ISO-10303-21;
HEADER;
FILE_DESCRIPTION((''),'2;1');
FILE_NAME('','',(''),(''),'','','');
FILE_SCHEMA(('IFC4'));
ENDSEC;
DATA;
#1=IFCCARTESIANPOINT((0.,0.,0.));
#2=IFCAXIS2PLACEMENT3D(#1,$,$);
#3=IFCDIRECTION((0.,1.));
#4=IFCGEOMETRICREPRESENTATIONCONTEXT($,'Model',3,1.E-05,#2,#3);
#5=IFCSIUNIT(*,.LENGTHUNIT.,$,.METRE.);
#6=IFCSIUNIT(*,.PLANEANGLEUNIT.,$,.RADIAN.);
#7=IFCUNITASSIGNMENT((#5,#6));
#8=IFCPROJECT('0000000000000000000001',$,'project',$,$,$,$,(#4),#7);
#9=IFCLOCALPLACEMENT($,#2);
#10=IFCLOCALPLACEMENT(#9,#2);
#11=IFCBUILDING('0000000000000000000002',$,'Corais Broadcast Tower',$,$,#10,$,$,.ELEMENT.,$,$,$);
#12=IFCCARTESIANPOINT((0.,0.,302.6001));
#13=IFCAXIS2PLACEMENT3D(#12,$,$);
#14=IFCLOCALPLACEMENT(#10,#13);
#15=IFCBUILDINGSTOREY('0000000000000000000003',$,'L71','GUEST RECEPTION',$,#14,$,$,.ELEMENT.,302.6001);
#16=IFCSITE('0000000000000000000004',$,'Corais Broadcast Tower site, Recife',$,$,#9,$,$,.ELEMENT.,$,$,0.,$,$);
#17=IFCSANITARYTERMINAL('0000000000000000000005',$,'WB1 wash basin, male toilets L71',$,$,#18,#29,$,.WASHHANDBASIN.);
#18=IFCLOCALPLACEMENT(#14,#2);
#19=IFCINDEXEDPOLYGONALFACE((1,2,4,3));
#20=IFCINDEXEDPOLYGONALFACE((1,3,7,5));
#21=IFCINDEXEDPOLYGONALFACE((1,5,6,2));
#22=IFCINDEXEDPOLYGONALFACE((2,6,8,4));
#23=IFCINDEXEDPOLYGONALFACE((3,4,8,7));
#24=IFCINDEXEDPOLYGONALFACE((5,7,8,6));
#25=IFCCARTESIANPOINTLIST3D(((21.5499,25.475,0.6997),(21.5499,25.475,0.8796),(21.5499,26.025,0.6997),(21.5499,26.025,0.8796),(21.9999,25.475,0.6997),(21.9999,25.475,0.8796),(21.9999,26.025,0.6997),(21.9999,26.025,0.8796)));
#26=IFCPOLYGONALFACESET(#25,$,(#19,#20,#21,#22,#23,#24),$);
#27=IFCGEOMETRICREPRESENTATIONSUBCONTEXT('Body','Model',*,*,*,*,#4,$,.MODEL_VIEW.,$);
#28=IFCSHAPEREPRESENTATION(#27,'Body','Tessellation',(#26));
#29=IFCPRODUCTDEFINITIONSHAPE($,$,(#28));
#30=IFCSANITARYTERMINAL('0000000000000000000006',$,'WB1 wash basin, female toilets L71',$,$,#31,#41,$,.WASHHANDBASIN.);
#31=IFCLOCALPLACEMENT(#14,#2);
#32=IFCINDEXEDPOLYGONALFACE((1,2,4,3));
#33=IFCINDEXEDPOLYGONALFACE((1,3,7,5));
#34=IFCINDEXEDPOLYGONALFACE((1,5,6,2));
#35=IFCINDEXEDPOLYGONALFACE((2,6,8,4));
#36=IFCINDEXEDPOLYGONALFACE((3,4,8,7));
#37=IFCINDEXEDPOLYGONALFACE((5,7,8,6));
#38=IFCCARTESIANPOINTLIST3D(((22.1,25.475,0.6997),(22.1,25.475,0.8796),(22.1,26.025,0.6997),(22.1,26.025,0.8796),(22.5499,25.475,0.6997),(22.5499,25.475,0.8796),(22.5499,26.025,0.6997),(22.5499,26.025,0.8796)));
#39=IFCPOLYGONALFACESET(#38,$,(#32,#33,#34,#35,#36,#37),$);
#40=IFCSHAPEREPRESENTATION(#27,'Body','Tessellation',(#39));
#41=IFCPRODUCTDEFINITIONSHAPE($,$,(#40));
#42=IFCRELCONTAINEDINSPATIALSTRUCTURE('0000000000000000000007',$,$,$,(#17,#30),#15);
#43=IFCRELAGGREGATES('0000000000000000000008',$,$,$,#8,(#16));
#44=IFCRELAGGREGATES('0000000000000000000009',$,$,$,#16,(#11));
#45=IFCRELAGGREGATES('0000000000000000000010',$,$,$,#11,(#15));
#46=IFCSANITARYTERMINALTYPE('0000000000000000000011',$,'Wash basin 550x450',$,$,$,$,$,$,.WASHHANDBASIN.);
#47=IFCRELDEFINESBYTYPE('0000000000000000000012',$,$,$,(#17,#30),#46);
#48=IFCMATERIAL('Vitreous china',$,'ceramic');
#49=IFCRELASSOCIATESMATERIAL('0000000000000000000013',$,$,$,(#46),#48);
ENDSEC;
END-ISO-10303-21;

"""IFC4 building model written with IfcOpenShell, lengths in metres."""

from ifc_helpers import new_model, si_unit, direction, frame, origin, origin_2d, place, context, subcontext, project, spatial, rectangle, extrude, material, type_object, element, save


model = new_model("IFC4")

# Units and contexts
model_context = context("Model", 3, precision=1e-05, world=origin(), true_north=direction((0.0, 1.0)))
body_context = subcontext(model_context, "Body", "Model", "MODEL_VIEW")
ifc_project = project(units=[si_unit("LENGTHUNIT", "METRE"), si_unit("PLANEANGLEUNIT", "RADIAN")], contexts=[model_context])

# Site, building, storey
site_placement = place(None, origin())
site = spatial("IfcSite", under=ifc_project, at=site_placement, Name="Corais Broadcast Tower site, Recife", CompositionType="ELEMENT", RefElevation=0.0)
building_placement = place(site_placement, origin())
building = spatial("IfcBuilding", under=site, at=building_placement, Name="Corais Broadcast Tower", CompositionType="ELEMENT")
storey_placement = place(building_placement, frame((0.0, 0.0, 302.6001)))
storey = spatial("IfcBuildingStorey", under=building, at=storey_placement, Name="L71", Description="GUEST RECEPTION", CompositionType="ELEMENT", Elevation=302.6001)

# Sanitary terminals
ifc_material_1 = material(Name="Vitreous china", Category="ceramic")
sanitary_terminal_type_1 = type_object("IfcSanitaryTerminalType", Name="Wash basin 550x450", PredefinedType="WASHHANDBASIN", material=ifc_material_1)
for number, where, z_axis, x_axis, name in (
    (1, (21.7749, 25.75, 0.6997), (0.0, 0.0, 1.0), (1.0, 0.0, 0.0), "WB1 wash basin, male toilets L71"),
    (2, (22.325, 25.75, 0.6997), (0.0, 0.0, 1.0), (1.0, 0.0, 0.0), "WB1 wash basin, female toilets L71"),
):
    element("IfcSanitaryTerminal", number, at=place(storey_placement, frame(where, z_axis=z_axis, x_axis=x_axis)), inside=storey, type_object=sanitary_terminal_type_1, Name=name, PredefinedType="WASHHANDBASIN", context=body_context, shape_type="SweptSolid", body=[
        extrude(rectangle(XDim=0.45, YDim=0.55, at=origin_2d()), origin(), (0.0, 0.0, 1.0), 0.1799),
    ])

save(model, "model.ifc")
